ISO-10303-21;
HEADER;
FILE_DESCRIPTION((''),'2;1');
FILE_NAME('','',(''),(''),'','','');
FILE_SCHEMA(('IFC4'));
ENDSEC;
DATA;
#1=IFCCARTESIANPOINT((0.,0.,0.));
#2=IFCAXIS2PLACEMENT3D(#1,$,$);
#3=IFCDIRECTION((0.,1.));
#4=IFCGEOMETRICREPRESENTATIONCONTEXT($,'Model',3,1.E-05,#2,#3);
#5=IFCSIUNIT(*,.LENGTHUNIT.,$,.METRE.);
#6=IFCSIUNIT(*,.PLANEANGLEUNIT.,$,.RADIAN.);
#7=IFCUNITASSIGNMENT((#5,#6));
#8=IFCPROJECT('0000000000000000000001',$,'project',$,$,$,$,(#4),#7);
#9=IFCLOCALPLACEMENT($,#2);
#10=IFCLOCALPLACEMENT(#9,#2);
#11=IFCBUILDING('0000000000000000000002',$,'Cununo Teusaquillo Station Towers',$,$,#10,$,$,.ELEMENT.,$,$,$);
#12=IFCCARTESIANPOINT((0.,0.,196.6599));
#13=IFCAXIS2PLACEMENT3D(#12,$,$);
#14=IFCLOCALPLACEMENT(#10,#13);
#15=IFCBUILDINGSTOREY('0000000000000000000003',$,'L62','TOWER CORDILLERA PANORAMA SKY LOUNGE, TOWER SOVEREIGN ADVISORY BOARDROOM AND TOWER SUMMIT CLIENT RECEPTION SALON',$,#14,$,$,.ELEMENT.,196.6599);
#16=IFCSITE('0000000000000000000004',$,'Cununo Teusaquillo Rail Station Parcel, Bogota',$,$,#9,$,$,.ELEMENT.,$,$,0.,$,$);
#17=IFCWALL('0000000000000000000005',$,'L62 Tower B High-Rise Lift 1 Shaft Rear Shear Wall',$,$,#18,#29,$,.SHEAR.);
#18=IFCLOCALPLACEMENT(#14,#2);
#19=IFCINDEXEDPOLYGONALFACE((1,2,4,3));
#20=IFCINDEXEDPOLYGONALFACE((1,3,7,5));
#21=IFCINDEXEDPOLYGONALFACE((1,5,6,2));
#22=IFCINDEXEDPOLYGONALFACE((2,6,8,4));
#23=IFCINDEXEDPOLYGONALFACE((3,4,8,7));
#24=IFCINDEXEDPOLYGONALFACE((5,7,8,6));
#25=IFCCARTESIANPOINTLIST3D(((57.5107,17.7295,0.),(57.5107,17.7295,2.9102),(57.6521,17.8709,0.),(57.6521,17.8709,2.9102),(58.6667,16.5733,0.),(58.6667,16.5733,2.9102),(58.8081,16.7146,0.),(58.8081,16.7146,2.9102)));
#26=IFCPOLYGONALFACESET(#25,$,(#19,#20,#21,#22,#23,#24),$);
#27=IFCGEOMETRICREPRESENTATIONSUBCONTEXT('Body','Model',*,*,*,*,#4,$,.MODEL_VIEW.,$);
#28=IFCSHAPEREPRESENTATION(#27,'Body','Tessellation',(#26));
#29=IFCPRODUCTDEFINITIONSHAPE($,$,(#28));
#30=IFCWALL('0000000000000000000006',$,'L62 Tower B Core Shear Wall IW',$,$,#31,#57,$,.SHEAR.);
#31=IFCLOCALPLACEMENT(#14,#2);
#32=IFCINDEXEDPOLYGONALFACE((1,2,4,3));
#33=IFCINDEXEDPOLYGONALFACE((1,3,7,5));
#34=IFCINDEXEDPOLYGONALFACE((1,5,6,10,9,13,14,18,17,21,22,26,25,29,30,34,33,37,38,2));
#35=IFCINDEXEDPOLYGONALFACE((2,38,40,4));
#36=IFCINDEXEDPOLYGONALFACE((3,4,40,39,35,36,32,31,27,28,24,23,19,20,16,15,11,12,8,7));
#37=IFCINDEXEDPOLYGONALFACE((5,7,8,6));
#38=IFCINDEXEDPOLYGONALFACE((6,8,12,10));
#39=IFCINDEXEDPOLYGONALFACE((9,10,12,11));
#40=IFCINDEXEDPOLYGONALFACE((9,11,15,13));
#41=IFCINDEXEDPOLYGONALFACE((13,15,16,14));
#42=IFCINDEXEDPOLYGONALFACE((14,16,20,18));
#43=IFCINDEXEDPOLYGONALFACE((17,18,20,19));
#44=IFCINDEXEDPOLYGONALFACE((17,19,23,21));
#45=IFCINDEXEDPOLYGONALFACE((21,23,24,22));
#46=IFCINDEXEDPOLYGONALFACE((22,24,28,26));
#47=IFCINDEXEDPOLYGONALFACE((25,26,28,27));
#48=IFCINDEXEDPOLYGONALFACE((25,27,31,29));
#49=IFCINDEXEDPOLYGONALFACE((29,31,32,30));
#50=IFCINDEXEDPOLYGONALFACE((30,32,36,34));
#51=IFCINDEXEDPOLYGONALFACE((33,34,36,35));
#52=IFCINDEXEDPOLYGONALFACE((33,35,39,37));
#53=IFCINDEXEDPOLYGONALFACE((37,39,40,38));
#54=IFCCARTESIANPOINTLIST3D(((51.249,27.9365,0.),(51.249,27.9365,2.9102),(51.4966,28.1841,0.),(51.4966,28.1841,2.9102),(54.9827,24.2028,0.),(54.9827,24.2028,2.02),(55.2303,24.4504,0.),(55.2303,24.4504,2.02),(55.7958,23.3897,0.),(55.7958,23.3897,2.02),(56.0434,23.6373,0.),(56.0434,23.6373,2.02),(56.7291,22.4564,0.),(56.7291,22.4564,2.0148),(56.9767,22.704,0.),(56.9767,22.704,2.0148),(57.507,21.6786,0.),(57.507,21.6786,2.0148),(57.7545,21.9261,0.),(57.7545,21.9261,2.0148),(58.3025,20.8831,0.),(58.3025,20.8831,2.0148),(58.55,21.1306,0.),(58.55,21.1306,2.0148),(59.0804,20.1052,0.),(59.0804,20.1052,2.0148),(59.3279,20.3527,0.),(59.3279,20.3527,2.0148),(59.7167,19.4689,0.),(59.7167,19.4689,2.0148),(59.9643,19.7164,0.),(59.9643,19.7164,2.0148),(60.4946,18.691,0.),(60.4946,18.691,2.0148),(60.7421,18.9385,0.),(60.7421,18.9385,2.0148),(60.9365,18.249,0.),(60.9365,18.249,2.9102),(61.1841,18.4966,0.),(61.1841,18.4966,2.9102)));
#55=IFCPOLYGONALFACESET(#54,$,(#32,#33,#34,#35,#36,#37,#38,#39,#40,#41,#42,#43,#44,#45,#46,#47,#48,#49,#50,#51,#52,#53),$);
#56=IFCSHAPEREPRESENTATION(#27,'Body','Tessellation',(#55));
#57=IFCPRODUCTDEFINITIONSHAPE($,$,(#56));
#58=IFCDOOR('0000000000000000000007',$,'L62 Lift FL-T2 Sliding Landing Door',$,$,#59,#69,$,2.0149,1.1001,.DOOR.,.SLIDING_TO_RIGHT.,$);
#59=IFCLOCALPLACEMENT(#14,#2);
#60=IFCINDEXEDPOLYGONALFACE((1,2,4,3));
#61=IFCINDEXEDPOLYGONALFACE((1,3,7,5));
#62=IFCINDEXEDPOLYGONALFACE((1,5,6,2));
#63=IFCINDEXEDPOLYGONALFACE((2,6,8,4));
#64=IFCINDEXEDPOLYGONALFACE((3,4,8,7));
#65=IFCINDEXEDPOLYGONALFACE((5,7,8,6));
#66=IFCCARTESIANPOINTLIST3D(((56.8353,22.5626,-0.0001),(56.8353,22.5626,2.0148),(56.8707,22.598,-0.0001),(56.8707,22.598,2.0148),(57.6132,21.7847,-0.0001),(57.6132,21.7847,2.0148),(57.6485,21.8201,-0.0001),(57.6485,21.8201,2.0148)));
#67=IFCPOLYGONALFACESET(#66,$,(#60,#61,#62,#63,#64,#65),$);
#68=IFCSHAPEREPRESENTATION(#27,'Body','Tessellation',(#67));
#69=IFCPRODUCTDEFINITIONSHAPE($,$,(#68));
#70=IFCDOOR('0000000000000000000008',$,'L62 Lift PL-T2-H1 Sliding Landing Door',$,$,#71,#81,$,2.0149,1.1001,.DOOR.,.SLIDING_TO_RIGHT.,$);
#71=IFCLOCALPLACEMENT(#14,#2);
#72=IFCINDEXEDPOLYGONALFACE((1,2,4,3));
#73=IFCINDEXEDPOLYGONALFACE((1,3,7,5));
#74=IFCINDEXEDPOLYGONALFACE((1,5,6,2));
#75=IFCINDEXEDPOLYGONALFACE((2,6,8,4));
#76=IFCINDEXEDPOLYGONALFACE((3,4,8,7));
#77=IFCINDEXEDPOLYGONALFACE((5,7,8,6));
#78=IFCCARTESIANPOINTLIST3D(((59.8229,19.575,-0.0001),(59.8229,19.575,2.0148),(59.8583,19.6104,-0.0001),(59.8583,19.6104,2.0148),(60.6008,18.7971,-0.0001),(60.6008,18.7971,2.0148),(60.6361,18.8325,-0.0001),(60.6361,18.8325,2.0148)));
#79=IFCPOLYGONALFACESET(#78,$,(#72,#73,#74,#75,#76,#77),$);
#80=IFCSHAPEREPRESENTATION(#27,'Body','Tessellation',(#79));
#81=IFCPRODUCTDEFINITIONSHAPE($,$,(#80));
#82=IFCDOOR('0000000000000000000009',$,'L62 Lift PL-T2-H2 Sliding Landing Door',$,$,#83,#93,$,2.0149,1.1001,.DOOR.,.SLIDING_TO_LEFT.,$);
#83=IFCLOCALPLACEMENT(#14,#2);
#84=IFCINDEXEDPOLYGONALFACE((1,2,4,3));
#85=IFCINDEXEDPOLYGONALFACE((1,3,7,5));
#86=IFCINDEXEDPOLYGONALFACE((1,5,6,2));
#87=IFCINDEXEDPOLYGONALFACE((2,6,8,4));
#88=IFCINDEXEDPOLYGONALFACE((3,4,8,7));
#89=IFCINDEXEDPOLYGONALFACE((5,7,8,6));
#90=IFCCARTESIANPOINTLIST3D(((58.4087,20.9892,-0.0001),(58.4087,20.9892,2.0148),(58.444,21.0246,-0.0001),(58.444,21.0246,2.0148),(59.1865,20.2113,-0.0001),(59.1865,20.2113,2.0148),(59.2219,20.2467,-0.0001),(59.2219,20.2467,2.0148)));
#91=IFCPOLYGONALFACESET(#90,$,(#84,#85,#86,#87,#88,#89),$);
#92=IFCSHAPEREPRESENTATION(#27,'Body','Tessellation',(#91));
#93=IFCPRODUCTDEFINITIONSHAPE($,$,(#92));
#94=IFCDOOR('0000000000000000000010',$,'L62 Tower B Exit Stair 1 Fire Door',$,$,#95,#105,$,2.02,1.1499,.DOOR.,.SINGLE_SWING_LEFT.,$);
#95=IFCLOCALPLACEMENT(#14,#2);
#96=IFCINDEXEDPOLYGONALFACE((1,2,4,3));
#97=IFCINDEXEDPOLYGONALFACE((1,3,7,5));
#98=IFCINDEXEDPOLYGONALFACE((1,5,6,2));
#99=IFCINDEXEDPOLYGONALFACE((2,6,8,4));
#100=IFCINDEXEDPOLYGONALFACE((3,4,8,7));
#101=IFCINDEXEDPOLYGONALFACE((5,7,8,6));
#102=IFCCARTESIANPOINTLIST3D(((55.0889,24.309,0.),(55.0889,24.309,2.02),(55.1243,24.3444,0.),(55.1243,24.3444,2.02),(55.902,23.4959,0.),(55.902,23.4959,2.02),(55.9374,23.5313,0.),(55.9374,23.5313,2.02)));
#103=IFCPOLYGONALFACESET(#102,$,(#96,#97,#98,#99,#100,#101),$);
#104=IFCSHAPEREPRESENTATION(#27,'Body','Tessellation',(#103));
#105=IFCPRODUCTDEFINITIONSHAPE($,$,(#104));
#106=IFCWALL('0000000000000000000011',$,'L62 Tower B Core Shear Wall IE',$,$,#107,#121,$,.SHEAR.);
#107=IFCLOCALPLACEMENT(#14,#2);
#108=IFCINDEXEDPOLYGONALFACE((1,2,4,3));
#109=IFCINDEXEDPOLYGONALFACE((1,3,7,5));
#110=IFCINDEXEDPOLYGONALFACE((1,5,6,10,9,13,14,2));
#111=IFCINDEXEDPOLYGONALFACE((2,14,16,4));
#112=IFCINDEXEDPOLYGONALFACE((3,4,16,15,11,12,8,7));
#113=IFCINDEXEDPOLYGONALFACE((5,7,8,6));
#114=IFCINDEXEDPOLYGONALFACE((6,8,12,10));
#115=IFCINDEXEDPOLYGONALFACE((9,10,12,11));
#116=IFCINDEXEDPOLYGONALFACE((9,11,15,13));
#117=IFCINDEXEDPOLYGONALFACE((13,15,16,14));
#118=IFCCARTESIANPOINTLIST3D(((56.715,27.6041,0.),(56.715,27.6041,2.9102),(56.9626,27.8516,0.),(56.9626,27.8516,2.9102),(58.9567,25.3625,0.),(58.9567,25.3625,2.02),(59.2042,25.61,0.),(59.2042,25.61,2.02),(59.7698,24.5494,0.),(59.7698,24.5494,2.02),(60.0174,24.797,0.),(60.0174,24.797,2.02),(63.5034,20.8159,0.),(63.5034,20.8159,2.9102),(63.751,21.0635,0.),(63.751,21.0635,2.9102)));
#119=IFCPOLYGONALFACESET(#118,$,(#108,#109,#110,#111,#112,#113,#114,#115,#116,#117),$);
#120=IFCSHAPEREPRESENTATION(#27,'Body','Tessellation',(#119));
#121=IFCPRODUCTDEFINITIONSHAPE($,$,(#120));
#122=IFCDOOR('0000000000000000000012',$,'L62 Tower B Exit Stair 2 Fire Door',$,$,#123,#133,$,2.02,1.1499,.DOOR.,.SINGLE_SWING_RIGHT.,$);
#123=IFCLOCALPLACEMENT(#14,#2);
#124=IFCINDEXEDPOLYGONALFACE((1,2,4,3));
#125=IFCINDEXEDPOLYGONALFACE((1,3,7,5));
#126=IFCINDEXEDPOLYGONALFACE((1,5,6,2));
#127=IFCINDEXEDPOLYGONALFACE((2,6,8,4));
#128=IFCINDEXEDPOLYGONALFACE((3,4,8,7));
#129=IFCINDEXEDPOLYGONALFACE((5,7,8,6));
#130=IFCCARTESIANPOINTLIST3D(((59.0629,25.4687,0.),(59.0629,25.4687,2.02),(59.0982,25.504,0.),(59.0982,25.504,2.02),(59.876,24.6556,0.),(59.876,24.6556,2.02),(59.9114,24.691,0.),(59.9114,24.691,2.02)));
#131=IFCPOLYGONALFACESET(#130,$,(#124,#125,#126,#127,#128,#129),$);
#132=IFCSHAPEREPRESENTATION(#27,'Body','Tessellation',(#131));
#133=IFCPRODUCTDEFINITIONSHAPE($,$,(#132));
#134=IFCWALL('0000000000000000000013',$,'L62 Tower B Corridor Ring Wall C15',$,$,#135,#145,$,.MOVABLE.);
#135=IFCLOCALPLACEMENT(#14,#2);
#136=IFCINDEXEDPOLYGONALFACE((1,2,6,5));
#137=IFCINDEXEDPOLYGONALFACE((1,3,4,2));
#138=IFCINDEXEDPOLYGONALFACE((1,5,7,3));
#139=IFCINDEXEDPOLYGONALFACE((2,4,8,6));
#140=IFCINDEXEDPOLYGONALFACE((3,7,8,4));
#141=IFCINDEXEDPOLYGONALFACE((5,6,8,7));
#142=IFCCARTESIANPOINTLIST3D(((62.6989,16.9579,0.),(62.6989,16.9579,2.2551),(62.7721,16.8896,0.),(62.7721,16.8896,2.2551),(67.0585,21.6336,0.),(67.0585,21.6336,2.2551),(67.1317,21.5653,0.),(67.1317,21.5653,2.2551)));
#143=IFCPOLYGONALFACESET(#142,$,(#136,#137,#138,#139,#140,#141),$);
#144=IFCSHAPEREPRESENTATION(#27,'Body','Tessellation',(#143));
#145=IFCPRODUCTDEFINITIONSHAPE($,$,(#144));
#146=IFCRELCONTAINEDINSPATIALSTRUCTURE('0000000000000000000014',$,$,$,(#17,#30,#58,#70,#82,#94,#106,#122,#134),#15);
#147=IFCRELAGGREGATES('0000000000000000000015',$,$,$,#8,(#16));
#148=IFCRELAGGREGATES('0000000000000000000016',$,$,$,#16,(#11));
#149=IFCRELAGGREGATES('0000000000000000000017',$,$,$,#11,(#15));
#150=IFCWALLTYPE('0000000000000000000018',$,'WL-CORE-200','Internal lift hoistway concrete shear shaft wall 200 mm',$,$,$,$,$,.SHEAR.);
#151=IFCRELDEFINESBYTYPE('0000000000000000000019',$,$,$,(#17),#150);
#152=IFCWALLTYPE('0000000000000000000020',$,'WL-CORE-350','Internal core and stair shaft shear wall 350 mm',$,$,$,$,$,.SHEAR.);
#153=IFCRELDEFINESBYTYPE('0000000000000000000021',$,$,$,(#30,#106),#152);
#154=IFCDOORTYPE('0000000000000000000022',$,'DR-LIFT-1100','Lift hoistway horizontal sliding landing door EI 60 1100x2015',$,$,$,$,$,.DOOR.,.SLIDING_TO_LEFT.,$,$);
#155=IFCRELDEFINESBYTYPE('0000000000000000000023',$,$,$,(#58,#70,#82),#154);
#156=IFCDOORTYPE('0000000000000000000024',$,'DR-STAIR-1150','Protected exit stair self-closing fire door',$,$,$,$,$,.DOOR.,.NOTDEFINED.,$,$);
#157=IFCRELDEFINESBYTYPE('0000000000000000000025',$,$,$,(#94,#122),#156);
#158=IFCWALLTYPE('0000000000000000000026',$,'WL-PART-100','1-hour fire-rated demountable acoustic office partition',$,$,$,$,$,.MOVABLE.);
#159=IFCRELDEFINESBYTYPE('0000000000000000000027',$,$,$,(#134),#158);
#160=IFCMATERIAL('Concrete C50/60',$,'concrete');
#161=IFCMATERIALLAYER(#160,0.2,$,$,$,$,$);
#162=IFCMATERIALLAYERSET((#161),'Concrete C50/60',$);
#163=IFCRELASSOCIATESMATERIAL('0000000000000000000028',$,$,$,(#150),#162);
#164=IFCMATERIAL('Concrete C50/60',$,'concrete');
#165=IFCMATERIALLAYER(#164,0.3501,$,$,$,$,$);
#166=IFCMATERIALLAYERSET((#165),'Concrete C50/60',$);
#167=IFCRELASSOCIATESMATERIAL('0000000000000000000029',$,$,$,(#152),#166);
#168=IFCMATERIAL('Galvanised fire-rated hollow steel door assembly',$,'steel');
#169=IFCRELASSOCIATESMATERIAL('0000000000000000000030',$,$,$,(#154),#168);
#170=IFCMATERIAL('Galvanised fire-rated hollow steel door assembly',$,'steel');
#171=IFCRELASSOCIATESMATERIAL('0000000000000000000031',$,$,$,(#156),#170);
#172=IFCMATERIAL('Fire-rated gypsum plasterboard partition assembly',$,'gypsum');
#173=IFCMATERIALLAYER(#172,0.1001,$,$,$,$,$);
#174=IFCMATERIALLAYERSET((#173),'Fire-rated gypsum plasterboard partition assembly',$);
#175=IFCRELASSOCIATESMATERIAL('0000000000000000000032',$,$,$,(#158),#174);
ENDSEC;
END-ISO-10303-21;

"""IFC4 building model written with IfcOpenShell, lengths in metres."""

from ifc_helpers import new_model, si_unit, direction, frame, frame_2d, origin, place, context, subcontext, project, spatial, rectangle, extrude, source, transform, mapped, material, layer, layer_set, type_object, element, fill, save


model = new_model("IFC4")

# Units and contexts
model_context = context("Model", 3, precision=1e-05, world=origin(), true_north=direction((0.0, 1.0)))
body_context = subcontext(model_context, "Body", "Model", "MODEL_VIEW")
ifc_project = project(units=[si_unit("LENGTHUNIT", "METRE"), si_unit("PLANEANGLEUNIT", "RADIAN")], contexts=[model_context])

# Site, building, storey
site_placement = place(None, origin())
site = spatial("IfcSite", under=ifc_project, at=site_placement, Name="Cununo Teusaquillo Rail Station Parcel, Bogota", CompositionType="ELEMENT", RefElevation=0.0)
building_placement = place(site_placement, origin())
building = spatial("IfcBuilding", under=site, at=building_placement, Name="Cununo Teusaquillo Station Towers", CompositionType="ELEMENT")
storey_placement = place(building_placement, frame((0.0, 0.0, 196.6599)))
storey = spatial("IfcBuildingStorey", under=building, at=storey_placement, Name="L62", Description="TOWER CORDILLERA PANORAMA SKY LOUNGE, TOWER SOVEREIGN ADVISORY BOARDROOM AND TOWER SUMMIT CLIENT RECEPTION SALON", CompositionType="ELEMENT", Elevation=196.6599)

# Wall
ifc_material_1 = material(Name="Concrete C50/60", Category="concrete")
ifc_layer_1 = layer(ifc_material_1, 0.2)
ifc_layer_set_1 = layer_set([ifc_layer_1], Name="Concrete C50/60")
wall_type_1 = type_object("IfcWallType", Name="WL-CORE-200", Description="Internal lift hoistway concrete shear shaft wall 200 mm", PredefinedType="SHEAR", material=ifc_layer_set_1)
wall_1_placement = place(storey_placement, frame((58.7373, 16.644, 0.0), z_axis=(0.0, 0.0, 1.0), x_axis=(-0.707032, 0.707181, 0.0)))
element("IfcWall", 1, at=wall_1_placement, inside=storey, type_object=wall_type_1, Name="L62 Tower B High-Rise Lift 1 Shaft Rear Shear Wall", PredefinedType="SHEAR", context=body_context, shape_type="SweptSolid", body=[
    extrude(rectangle(XDim=1.635, YDim=0.2, at=frame_2d((0.8174, 0.0))), origin(), (0.0, 0.0, 1.0), 2.9102),
])

# Wall, openings, doors
ifc_material_2 = material(Name="Concrete C50/60", Category="concrete")
ifc_layer_2 = layer(ifc_material_2, 0.3501)
ifc_layer_set_2 = layer_set([ifc_layer_2], Name="Concrete C50/60")
wall_type_2 = type_object("IfcWallType", Name="WL-CORE-350", Description="Internal core and stair shaft shear wall 350 mm", PredefinedType="SHEAR", material=ifc_layer_set_2)
wall_2_placement = place(storey_placement, frame((61.0603, 18.3728, 0.0), z_axis=(0.0, 0.0, 1.0), x_axis=(-0.707107, 0.707107, 0.0)))
wall_2 = element("IfcWall", 2, at=wall_2_placement, inside=storey, type_object=wall_type_2, Name="L62 Tower B Core Shear Wall IW", PredefinedType="SHEAR", context=body_context, shape_type="SweptSolid", body=[
    extrude(rectangle(XDim=13.7002, YDim=0.3501, at=frame_2d((6.8501, 0.0))), origin(), (0.0, 0.0, 1.0), 2.9102),
])
shared_shape_1 = source(origin(), body_context, "Body", "SweptSolid", [
    extrude(rectangle(XDim=1.1001, YDim=2.0149, at=frame_2d((0.55, 1.0073))), frame((0.0, 0.1851, 0.0), z_axis=(0.0, -1.0, 0.0), x_axis=(1.0, 0.0, 0.0)), (0.0, 0.0, 1.0), 0.3701),
])
opening_1_placement = place(wall_2_placement, frame((4.8501, 0.0, 0.0)))
opening_1 = element("IfcOpeningElement", 3, at=opening_1_placement, cuts=wall_2, PredefinedType="OPENING", context=body_context, shape_type="MappedRepresentation", body=[
    mapped(shared_shape_1, transform((0.0, 0.0, 0.0), x_axis=(1.0, 0.0, 0.0), y_axis=(0.0, 1.0, 0.0), z_axis=(0.0, 0.0, 1.0), scale=1.0)),
])
opening_2_placement = place(wall_2_placement, frame((0.625, 0.0, 0.0)))
opening_2 = element("IfcOpeningElement", 4, at=opening_2_placement, cuts=wall_2, PredefinedType="OPENING", context=body_context, shape_type="MappedRepresentation", body=[
    mapped(shared_shape_1, transform((0.0, 0.0, 0.0), x_axis=(1.0, 0.0, 0.0), y_axis=(0.0, 1.0, 0.0), z_axis=(0.0, 0.0, 1.0), scale=1.0)),
])
opening_3_placement = place(wall_2_placement, frame((2.625, 0.0, 0.0)))
opening_3 = element("IfcOpeningElement", 5, at=opening_3_placement, cuts=wall_2, PredefinedType="OPENING", context=body_context, shape_type="MappedRepresentation", body=[
    mapped(shared_shape_1, transform((0.0, 0.0, 0.0), x_axis=(1.0, 0.0, 0.0), y_axis=(0.0, 1.0, 0.0), z_axis=(0.0, 0.0, 1.0), scale=1.0)),
])
shared_shape_2 = source(origin(), body_context, "Body", "SweptSolid", [
    extrude(rectangle(XDim=1.1499, YDim=2.02, at=frame_2d((0.575, 1.01))), frame((0.0, 0.1851, 0.0), z_axis=(0.0, -1.0, 0.0), x_axis=(1.0, 0.0, 0.0)), (0.0, 0.0, 1.0), 0.3701),
])
opening_4_placement = place(wall_2_placement, frame((7.27, 0.0, 0.0)))
opening_4 = element("IfcOpeningElement", 6, at=opening_4_placement, cuts=wall_2, PredefinedType="OPENING", context=body_context, shape_type="MappedRepresentation", body=[
    mapped(shared_shape_2, transform((0.0, 0.0, 0.0), x_axis=(1.0, 0.0, 0.0), y_axis=(0.0, 1.0, 0.0), z_axis=(0.0, 0.0, 1.0), scale=1.0)),
])
ifc_material_3 = material(Name="Galvanised fire-rated hollow steel door assembly", Category="steel")
door_type_1 = type_object("IfcDoorType", Name="DR-LIFT-1100", Description="Lift hoistway horizontal sliding landing door EI 60 1100x2015", OperationType="SLIDING_TO_LEFT", PredefinedType="DOOR", material=ifc_material_3)
shared_shape_3 = source(origin(), body_context, "Body", "SweptSolid", [
    extrude(rectangle(XDim=1.1001, YDim=2.0149, at=frame_2d((0.55, 1.0073))), frame((0.0, 0.0249, 0.0), z_axis=(0.0, -1.0, 0.0), x_axis=(1.0, 0.0, 0.0)), (0.0, 0.0, 1.0), 0.05),
])
door_1_placement = place(opening_1_placement, origin())
door_1 = element("IfcDoor", 7, at=door_1_placement, inside=storey, type_object=door_type_1, Name="L62 Lift FL-T2 Sliding Landing Door", OperationType="SLIDING_TO_RIGHT", OverallHeight=2.0149, OverallWidth=1.1001, PredefinedType="DOOR", context=body_context, shape_type="MappedRepresentation", body=[
    mapped(shared_shape_3, transform((0.0, 0.0, 0.0), x_axis=(1.0, 0.0, 0.0), y_axis=(0.0, 1.0, 0.0), z_axis=(0.0, 0.0, 1.0), scale=1.0)),
])
fill(opening_1, door_1)
door_2_placement = place(opening_2_placement, origin())
door_2 = element("IfcDoor", 8, at=door_2_placement, inside=storey, type_object=door_type_1, Name="L62 Lift PL-T2-H1 Sliding Landing Door", OperationType="SLIDING_TO_RIGHT", OverallHeight=2.0149, OverallWidth=1.1001, PredefinedType="DOOR", context=body_context, shape_type="MappedRepresentation", body=[
    mapped(shared_shape_3, transform((0.0, 0.0, 0.0), x_axis=(1.0, 0.0, 0.0), y_axis=(0.0, 1.0, 0.0), z_axis=(0.0, 0.0, 1.0), scale=1.0)),
])
fill(opening_2, door_2)
door_3_placement = place(opening_3_placement, origin())
door_3 = element("IfcDoor", 9, at=door_3_placement, inside=storey, type_object=door_type_1, Name="L62 Lift PL-T2-H2 Sliding Landing Door", OperationType="SLIDING_TO_LEFT", OverallHeight=2.0149, OverallWidth=1.1001, PredefinedType="DOOR", context=body_context, shape_type="MappedRepresentation", body=[
    mapped(shared_shape_3, transform((0.0, 0.0, 0.0), x_axis=(1.0, 0.0, 0.0), y_axis=(0.0, 1.0, 0.0), z_axis=(0.0, 0.0, 1.0), scale=1.0)),
])
fill(opening_3, door_3)
ifc_material_4 = material(Name="Galvanised fire-rated hollow steel door assembly", Category="steel")
door_type_2 = type_object("IfcDoorType", Name="DR-STAIR-1150", Description="Protected exit stair self-closing fire door", OperationType="NOTDEFINED", PredefinedType="DOOR", material=ifc_material_4)
shared_shape_4 = source(origin(), body_context, "Body", "SweptSolid", [
    extrude(rectangle(XDim=1.1499, YDim=2.02, at=frame_2d((0.575, 1.01))), frame((0.0, 0.0249, 0.0), z_axis=(0.0, -1.0, 0.0), x_axis=(1.0, 0.0, 0.0)), (0.0, 0.0, 1.0), 0.05),
])
door_4_placement = place(opening_4_placement, origin())
door_4 = element("IfcDoor", 10, at=door_4_placement, inside=storey, type_object=door_type_2, Name="L62 Tower B Exit Stair 1 Fire Door", OperationType="SINGLE_SWING_LEFT", OverallHeight=2.02, OverallWidth=1.1499, PredefinedType="DOOR", context=body_context, shape_type="MappedRepresentation", body=[
    mapped(shared_shape_4, transform((0.0, 0.0, 0.0), x_axis=(1.0, 0.0, 0.0), y_axis=(0.0, 1.0, 0.0), z_axis=(0.0, 0.0, 1.0), scale=1.0)),
])
fill(opening_4, door_4)

# Wall, opening, door
wall_3_placement = place(storey_placement, frame((63.6272, 20.9397, 0.0), z_axis=(0.0, 0.0, 1.0), x_axis=(-0.707119, 0.707094, 0.0)))
wall_3 = element("IfcWall", 11, at=wall_3_placement, inside=storey, type_object=wall_type_2, Name="L62 Tower B Core Shear Wall IE", PredefinedType="SHEAR", context=body_context, shape_type="SweptSolid", body=[
    extrude(rectangle(XDim=9.6001, YDim=0.3501, at=frame_2d((4.8, 0.0))), origin(), (0.0, 0.0, 1.0), 2.9102),
])
opening_5_placement = place(wall_3_placement, frame((5.28, 0.0, 0.0)))
opening_5 = element("IfcOpeningElement", 12, at=opening_5_placement, cuts=wall_3, PredefinedType="OPENING", context=body_context, shape_type="MappedRepresentation", body=[
    mapped(shared_shape_2, transform((0.0, 0.0, 0.0), x_axis=(1.0, 0.0, 0.0), y_axis=(0.0, 1.0, 0.0), z_axis=(0.0, 0.0, 1.0), scale=1.0)),
])
door_5_placement = place(opening_5_placement, origin())
door_5 = element("IfcDoor", 13, at=door_5_placement, inside=storey, type_object=door_type_2, Name="L62 Tower B Exit Stair 2 Fire Door", OperationType="SINGLE_SWING_RIGHT", OverallHeight=2.02, OverallWidth=1.1499, PredefinedType="DOOR", context=body_context, shape_type="MappedRepresentation", body=[
    mapped(shared_shape_4, transform((0.0, 0.0, 0.0), x_axis=(1.0, 0.0, 0.0), y_axis=(0.0, 1.0, 0.0), z_axis=(0.0, 0.0, 1.0), scale=1.0)),
])
fill(opening_5, door_5)

# Wall
ifc_material_5 = material(Name="Fire-rated gypsum plasterboard partition assembly", Category="gypsum")
ifc_layer_3 = layer(ifc_material_5, 0.1001)
ifc_layer_set_3 = layer_set([ifc_layer_3], Name="Fire-rated gypsum plasterboard partition assembly")
wall_type_3 = type_object("IfcWallType", Name="WL-PART-100", Description="1-hour fire-rated demountable acoustic office partition", PredefinedType="MOVABLE", material=ifc_layer_set_3)
wall_4_placement = place(storey_placement, frame((62.7356, 16.9238, 0.0), z_axis=(0.0, 0.0, 1.0), x_axis=(0.681947, 0.731402, 0.0)))
element("IfcWall", 14, at=wall_4_placement, inside=storey, type_object=wall_type_3, Name="L62 Tower B Corridor Ring Wall C15", PredefinedType="MOVABLE", context=body_context, shape_type="SweptSolid", body=[
    extrude(rectangle(XDim=6.3928, YDim=0.1001, at=frame_2d((3.1963, 0.0))), origin(), (0.0, 0.0, 1.0), 2.2551),
])

save(model, "model.ifc")
